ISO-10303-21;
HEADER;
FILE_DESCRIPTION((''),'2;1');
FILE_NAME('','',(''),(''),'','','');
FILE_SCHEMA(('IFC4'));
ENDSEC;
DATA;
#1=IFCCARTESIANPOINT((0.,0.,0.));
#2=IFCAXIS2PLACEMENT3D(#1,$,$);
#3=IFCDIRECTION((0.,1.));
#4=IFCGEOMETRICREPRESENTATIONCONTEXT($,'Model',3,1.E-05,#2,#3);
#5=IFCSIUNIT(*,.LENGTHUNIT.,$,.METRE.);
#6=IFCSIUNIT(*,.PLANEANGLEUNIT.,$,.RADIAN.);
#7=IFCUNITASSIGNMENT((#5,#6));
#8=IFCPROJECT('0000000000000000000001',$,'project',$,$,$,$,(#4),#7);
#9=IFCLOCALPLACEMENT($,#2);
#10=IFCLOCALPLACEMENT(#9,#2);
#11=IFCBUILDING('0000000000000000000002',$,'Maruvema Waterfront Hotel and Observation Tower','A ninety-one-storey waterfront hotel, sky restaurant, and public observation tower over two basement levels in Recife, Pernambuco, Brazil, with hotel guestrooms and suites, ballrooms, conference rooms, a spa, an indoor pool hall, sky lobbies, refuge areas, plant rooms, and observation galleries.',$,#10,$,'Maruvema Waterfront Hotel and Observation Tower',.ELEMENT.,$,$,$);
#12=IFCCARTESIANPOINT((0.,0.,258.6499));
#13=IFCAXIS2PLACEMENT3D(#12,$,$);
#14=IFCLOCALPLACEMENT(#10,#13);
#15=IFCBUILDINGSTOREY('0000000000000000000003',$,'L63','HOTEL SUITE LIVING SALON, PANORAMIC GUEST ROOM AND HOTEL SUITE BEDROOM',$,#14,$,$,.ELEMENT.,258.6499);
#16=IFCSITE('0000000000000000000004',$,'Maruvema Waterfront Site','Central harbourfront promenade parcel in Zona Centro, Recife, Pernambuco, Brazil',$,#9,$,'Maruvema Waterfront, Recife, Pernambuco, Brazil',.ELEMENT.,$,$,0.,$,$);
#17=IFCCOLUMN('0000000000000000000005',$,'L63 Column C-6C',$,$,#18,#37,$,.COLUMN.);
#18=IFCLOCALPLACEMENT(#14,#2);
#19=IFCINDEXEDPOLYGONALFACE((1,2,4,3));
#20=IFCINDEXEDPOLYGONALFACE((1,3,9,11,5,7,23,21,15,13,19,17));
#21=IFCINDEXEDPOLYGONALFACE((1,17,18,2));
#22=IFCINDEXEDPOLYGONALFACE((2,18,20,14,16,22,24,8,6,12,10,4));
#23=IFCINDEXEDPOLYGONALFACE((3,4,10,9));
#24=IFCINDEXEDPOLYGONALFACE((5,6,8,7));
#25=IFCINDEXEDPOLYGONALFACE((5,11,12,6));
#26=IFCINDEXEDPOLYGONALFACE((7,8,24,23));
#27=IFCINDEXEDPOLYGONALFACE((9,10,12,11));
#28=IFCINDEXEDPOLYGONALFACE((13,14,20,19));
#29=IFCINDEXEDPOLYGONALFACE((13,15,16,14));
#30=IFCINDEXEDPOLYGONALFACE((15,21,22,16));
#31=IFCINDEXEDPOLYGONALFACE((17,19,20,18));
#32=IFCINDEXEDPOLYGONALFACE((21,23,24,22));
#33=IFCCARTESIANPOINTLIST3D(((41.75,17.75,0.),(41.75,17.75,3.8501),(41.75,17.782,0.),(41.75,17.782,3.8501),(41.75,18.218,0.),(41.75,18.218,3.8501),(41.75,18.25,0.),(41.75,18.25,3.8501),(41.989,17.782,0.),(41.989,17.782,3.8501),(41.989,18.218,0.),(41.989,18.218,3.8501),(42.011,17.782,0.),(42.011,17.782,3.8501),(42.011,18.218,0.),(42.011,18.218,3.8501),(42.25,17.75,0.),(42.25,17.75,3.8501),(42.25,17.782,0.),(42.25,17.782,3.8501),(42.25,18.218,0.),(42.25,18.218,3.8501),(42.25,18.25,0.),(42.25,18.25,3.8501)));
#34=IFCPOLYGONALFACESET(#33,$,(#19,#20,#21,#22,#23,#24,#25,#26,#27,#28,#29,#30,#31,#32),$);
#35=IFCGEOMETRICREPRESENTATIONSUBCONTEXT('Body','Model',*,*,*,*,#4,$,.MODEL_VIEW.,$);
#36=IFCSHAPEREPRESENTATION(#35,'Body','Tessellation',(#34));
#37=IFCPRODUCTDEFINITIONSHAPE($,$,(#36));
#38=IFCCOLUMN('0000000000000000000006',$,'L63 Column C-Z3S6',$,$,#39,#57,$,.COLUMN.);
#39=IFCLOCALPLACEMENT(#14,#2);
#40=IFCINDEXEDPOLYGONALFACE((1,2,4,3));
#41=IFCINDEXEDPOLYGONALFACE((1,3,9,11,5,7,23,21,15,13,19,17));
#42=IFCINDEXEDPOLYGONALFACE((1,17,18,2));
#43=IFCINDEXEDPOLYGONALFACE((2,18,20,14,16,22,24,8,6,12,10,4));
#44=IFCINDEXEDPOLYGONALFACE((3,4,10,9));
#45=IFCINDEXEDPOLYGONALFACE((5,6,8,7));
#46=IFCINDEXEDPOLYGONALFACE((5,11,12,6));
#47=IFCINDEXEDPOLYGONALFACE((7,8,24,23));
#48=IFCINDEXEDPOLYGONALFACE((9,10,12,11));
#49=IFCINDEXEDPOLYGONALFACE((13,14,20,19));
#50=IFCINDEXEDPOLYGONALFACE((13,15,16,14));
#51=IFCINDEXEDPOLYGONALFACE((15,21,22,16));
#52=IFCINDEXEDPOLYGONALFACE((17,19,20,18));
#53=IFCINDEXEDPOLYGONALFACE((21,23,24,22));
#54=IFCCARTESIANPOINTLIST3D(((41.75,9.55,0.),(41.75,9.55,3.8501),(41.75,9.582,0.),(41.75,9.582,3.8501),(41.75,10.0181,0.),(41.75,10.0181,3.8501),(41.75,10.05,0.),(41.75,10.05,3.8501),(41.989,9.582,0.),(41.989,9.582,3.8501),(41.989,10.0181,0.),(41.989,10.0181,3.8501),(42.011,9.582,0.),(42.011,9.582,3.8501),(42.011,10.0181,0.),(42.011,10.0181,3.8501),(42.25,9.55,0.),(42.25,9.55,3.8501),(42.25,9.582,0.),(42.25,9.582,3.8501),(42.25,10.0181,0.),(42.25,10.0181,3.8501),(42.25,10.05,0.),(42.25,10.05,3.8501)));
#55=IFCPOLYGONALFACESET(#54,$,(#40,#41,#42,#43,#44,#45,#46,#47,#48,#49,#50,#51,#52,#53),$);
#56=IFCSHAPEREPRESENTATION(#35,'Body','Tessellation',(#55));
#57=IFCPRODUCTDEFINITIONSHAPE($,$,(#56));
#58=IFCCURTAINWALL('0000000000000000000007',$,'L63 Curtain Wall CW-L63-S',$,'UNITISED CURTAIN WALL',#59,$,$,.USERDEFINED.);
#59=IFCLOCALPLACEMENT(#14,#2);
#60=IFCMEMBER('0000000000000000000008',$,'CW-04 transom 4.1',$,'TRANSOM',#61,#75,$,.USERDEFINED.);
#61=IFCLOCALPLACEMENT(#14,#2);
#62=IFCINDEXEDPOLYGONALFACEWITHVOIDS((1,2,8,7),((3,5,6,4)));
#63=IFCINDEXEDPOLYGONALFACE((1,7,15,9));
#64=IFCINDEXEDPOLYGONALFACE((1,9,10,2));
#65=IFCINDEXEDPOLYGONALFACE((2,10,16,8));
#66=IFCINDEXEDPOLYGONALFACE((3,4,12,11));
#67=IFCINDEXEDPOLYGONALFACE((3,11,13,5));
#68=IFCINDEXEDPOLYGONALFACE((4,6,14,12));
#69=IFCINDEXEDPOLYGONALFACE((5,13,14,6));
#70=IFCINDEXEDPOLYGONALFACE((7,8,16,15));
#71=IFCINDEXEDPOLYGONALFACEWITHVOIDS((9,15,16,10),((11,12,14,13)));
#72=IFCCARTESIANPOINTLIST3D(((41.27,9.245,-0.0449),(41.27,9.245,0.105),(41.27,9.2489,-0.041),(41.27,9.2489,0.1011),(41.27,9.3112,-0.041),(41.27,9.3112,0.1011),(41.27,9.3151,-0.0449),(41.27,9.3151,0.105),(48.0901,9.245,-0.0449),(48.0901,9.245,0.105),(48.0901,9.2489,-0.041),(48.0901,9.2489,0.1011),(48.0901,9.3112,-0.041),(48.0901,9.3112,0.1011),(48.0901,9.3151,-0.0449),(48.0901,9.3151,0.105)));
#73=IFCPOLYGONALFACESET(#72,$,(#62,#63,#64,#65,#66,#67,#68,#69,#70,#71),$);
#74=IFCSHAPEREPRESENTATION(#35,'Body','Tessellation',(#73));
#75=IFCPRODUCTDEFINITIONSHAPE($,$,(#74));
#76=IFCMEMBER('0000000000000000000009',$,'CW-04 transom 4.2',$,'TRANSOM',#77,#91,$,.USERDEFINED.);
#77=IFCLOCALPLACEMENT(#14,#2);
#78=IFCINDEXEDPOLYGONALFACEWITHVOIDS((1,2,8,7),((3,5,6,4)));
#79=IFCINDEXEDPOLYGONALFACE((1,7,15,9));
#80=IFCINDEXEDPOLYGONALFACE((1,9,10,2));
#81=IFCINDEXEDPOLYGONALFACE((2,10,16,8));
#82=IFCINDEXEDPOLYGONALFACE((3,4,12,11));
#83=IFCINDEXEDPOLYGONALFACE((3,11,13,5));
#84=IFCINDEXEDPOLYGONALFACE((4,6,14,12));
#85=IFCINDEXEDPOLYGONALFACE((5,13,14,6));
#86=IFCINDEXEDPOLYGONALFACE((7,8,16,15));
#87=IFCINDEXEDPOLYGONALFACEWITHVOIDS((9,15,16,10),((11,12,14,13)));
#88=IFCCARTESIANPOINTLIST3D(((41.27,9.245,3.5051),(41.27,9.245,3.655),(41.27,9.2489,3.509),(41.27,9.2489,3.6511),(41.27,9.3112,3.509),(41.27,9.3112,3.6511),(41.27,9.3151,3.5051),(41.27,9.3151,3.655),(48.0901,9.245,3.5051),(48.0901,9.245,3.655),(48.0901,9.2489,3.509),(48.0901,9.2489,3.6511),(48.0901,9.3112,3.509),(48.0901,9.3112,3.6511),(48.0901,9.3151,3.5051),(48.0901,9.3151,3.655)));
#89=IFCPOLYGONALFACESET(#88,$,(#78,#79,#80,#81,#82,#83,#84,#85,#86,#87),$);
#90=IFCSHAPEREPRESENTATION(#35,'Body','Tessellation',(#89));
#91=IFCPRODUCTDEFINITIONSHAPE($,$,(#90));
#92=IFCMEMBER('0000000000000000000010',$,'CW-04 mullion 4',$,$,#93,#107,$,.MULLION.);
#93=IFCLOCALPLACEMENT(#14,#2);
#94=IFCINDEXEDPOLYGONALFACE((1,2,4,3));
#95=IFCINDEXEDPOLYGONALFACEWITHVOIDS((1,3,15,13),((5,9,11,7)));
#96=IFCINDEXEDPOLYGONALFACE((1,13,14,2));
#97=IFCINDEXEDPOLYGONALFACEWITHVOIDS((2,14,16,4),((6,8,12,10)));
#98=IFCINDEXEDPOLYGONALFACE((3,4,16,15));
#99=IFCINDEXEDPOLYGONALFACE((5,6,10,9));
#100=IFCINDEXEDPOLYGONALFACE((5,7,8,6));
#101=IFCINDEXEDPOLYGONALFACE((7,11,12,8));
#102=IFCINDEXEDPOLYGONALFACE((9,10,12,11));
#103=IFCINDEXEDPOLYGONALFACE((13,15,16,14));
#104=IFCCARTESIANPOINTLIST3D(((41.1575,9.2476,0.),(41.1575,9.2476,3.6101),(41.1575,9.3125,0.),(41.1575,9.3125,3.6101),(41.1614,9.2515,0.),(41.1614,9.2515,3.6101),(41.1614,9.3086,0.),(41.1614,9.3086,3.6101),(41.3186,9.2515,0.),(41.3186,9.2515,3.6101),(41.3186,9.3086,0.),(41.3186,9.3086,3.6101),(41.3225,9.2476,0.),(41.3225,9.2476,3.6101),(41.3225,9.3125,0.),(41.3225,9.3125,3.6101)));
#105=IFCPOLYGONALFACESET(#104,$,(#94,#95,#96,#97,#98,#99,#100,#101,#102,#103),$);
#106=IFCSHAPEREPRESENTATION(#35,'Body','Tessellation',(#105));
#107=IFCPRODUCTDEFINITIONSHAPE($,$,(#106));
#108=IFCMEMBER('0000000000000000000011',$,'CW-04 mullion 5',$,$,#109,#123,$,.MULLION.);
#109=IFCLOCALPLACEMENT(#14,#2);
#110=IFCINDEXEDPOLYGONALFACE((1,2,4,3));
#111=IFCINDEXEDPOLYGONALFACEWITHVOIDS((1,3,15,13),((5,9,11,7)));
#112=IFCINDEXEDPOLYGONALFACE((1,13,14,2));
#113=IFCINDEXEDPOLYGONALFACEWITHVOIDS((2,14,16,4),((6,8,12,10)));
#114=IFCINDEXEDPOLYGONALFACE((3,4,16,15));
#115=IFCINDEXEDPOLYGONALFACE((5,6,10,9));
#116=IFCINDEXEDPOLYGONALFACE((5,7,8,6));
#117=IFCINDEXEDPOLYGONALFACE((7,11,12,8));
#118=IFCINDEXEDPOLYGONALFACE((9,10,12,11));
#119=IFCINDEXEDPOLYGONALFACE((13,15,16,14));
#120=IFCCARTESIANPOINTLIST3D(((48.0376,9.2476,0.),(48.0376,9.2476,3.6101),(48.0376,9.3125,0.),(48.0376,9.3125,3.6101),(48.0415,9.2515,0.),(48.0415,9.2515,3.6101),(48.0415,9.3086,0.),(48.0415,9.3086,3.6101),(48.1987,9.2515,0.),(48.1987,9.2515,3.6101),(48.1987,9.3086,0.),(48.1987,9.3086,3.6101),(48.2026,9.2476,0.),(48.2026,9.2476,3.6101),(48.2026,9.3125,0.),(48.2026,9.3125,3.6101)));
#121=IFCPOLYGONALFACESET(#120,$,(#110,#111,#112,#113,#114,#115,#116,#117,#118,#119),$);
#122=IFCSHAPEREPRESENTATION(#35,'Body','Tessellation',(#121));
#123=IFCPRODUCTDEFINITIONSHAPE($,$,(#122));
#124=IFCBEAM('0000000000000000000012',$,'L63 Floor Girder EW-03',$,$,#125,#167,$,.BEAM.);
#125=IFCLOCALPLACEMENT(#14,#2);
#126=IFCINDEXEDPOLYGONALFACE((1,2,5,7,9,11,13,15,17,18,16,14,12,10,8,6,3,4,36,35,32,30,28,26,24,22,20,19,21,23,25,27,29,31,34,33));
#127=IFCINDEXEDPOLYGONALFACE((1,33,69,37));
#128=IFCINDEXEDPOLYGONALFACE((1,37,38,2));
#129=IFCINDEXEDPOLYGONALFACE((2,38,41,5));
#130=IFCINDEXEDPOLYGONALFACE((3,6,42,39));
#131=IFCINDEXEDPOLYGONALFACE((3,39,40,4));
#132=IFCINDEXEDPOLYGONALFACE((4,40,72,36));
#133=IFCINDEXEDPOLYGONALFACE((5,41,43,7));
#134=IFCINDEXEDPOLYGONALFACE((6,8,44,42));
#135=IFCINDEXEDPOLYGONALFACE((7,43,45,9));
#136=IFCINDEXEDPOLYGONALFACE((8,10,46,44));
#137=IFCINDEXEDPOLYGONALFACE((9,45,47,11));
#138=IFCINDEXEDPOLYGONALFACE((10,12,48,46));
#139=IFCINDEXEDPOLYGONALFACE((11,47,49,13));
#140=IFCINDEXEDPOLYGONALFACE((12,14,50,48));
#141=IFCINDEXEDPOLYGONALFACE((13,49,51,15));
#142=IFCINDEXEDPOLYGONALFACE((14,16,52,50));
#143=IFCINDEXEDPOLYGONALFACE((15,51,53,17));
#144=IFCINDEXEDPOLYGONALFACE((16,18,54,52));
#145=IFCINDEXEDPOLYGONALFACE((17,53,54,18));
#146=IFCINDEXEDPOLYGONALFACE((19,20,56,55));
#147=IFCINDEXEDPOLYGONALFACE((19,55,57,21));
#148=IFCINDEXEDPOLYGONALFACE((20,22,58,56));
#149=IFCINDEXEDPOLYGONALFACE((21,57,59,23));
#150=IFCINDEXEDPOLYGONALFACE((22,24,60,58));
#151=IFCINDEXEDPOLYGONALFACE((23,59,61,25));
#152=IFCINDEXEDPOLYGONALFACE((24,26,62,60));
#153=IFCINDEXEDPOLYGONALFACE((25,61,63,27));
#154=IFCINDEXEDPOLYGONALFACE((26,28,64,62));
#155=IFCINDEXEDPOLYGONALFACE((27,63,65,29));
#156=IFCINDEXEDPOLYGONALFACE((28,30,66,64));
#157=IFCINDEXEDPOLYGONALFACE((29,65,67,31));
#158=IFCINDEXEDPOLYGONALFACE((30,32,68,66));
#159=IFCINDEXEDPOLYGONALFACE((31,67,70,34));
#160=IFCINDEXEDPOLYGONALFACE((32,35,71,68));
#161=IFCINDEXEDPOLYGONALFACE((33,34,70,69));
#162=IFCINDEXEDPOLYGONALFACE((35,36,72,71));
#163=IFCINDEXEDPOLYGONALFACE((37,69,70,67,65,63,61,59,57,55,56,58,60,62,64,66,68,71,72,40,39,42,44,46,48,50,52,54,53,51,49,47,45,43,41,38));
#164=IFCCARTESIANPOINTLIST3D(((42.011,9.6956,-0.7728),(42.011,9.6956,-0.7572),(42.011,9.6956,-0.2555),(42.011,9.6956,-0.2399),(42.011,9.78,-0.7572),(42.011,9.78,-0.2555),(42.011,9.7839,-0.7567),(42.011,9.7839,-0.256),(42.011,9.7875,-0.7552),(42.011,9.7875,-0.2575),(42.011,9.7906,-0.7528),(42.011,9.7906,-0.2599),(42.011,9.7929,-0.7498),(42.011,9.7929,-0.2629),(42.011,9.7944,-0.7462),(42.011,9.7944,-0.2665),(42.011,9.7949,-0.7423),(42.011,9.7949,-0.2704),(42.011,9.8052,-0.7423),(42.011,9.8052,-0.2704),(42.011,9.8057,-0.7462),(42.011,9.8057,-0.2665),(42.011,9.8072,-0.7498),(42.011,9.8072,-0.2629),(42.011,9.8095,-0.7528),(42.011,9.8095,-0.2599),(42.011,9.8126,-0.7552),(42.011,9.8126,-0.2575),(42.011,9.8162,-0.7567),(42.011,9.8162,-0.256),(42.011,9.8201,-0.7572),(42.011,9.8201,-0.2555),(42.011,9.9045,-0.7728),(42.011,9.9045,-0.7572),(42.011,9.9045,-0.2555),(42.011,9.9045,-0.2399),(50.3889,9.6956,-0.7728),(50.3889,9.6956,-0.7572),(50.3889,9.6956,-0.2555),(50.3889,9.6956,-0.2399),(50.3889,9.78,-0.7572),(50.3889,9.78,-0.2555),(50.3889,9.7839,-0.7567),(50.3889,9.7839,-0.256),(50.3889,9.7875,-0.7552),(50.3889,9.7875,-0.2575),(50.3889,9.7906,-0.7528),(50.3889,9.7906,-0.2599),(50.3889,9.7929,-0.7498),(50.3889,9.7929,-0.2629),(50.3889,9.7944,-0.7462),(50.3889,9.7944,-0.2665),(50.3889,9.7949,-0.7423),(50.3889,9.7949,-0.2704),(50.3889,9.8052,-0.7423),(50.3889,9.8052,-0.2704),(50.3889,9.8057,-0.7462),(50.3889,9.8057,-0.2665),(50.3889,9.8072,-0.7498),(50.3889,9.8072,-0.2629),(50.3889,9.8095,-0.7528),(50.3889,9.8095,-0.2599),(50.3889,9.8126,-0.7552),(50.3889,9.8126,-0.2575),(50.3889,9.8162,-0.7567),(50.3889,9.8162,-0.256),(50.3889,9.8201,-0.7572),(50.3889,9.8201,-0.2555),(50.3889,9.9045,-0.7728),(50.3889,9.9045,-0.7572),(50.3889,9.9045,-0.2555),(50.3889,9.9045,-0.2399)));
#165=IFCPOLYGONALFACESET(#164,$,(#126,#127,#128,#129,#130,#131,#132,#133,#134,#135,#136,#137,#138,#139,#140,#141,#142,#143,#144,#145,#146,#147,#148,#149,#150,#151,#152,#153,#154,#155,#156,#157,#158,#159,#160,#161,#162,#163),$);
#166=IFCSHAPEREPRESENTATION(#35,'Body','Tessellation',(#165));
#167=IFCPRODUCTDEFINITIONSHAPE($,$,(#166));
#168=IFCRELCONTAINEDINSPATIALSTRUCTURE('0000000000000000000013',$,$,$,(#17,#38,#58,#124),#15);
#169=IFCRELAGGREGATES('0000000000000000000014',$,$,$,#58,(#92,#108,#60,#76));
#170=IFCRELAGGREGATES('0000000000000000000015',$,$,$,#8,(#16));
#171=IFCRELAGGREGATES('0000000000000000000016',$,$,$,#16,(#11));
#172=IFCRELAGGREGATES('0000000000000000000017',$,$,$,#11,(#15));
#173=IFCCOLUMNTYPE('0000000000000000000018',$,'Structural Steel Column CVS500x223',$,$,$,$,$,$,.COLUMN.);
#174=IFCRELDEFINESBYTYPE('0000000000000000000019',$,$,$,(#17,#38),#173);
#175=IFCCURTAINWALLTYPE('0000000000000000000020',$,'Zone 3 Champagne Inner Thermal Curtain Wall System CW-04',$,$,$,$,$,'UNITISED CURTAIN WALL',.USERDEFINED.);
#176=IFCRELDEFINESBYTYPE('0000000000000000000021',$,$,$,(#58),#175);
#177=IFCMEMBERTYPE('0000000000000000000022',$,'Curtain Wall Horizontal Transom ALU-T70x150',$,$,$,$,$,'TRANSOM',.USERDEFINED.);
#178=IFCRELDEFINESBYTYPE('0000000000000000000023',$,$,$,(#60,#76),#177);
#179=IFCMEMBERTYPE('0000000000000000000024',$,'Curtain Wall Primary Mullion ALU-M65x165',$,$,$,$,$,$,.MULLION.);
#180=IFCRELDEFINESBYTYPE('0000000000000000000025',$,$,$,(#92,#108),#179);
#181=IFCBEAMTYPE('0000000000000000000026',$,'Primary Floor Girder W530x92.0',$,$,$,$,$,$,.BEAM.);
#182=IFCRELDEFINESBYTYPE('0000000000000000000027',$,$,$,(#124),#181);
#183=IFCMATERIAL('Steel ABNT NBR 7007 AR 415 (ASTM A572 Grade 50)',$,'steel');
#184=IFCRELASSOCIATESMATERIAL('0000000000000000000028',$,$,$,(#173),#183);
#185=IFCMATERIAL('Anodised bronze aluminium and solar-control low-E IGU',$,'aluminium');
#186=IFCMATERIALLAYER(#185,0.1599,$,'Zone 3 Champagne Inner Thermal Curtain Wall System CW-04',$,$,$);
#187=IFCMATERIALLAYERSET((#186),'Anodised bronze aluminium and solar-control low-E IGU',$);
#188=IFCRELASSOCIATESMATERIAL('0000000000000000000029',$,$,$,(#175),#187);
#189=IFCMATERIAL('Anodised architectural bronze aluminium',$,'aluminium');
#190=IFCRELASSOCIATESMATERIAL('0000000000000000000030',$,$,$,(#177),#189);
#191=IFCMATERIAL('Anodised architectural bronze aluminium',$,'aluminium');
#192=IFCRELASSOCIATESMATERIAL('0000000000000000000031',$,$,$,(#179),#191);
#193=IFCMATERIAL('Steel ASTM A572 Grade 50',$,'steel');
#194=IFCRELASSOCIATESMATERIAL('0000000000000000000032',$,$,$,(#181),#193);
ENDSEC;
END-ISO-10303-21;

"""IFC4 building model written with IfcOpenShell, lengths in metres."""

from ifc_helpers import new_model, si_unit, direction, frame, origin, origin_2d, place, context, subcontext, project, spatial, hollow_rectangle, i_section, extrude, material, layer, layer_set, material_profile, profile_set, type_object, element, aggregate, save


model = new_model("IFC4")

# Units and contexts
model_context = context("Model", 3, precision=1e-05, world=origin(), true_north=direction((0.0, 1.0)))
body_context = subcontext(model_context, "Body", "Model", "MODEL_VIEW")
ifc_project = project(units=[si_unit("LENGTHUNIT", "METRE"), si_unit("PLANEANGLEUNIT", "RADIAN")], contexts=[model_context])

# Site, building, storey
site_placement = place(None, origin())
site = spatial("IfcSite", under=ifc_project, at=site_placement, Name="Maruvema Waterfront Site", Description="Central harbourfront promenade parcel in Zona Centro, Recife, Pernambuco, Brazil", LongName="Maruvema Waterfront, Recife, Pernambuco, Brazil", CompositionType="ELEMENT", RefElevation=0.0)
building_placement = place(site_placement, origin())
building = spatial("IfcBuilding", under=site, at=building_placement, Name="Maruvema Waterfront Hotel and Observation Tower", Description="A ninety-one-storey waterfront hotel, sky restaurant, and public observation tower over two basement levels in Recife, Pernambuco, Brazil, with hotel guestrooms and suites, ballrooms, conference rooms, a spa, an indoor pool hall, sky lobbies, refuge areas, plant rooms, and observation galleries.", LongName="Maruvema Waterfront Hotel and Observation Tower", CompositionType="ELEMENT")
storey_placement = place(building_placement, frame((0.0, 0.0, 258.6499)))
storey = spatial("IfcBuildingStorey", under=building, at=storey_placement, Name="L63", Description="HOTEL SUITE LIVING SALON, PANORAMIC GUEST ROOM AND HOTEL SUITE BEDROOM", CompositionType="ELEMENT", Elevation=258.6499)

# Columns
ifc_material_1 = material(Name="Steel ABNT NBR 7007 AR 415 (ASTM A572 Grade 50)", Category="steel")
ifc_material_profile_1 = material_profile(ifc_material_1, i_section(OverallWidth=0.5, OverallDepth=0.5, WebThickness=0.022, FlangeThickness=0.032, at=origin_2d()), Name="CVS500x223")
ifc_profile_set_1 = profile_set([ifc_material_profile_1], Name="Steel ABNT NBR 7007 AR 415 (ASTM A572 Grade 50)")
column_type = type_object("IfcColumnType", Name="Structural Steel Column CVS500x223", PredefinedType="COLUMN", material=ifc_profile_set_1)
for number, where, z_axis, x_axis, name in (
    (1, (42.0, 18.0, 0.0), (0.0, 0.0, 1.0), (1.0, 0.0, 0.0), "L63 Column C-6C"),
    (2, (42.0, 9.8, 0.0), (0.0, 0.0, 1.0), (1.0, 0.0, 0.0), "L63 Column C-Z3S6"),
):
    element("IfcColumn", number, at=place(storey_placement, frame(where, z_axis=z_axis, x_axis=x_axis)), inside=storey, type_object=column_type, Name=name, PredefinedType="COLUMN", context=body_context, shape_type="SweptSolid", body=[
        extrude(i_section(OverallWidth=0.5, OverallDepth=0.5, WebThickness=0.022, FlangeThickness=0.032, at=origin_2d()), origin(), (0.0, 0.0, 1.0), 3.8501),
    ])

# Curtain wall, members
ifc_material_2 = material(Name="Anodised bronze aluminium and solar-control low-E IGU", Category="aluminium")
ifc_layer_1 = layer(ifc_material_2, 0.1599, Name="Zone 3 Champagne Inner Thermal Curtain Wall System CW-04")
ifc_layer_set_1 = layer_set([ifc_layer_1], Name="Anodised bronze aluminium and solar-control low-E IGU")
curtain_wall_type = type_object("IfcCurtainWallType", Name="Zone 3 Champagne Inner Thermal Curtain Wall System CW-04", ElementType="UNITISED CURTAIN WALL", PredefinedType="USERDEFINED", material=ifc_layer_set_1)
curtain_wall_placement = place(storey_placement, origin())
curtain_wall = element("IfcCurtainWall", 3, at=curtain_wall_placement, inside=storey, type_object=curtain_wall_type, Name="L63 Curtain Wall CW-L63-S", ObjectType="UNITISED CURTAIN WALL", PredefinedType="USERDEFINED")
ifc_material_3 = material(Name="Anodised architectural bronze aluminium", Category="aluminium")
ifc_material_profile_2 = material_profile(ifc_material_3, hollow_rectangle(XDim=0.0701, YDim=0.1499, WallThickness=0.0039, at=origin_2d()), Name="ALU-T70x150")
ifc_profile_set_2 = profile_set([ifc_material_profile_2], Name="Anodised architectural bronze aluminium")
member_type_1 = type_object("IfcMemberType", Name="Curtain Wall Horizontal Transom ALU-T70x150", ElementType="TRANSOM", PredefinedType="USERDEFINED", material=ifc_profile_set_2)
member_1_placement = place(storey_placement, frame((41.27, 9.28, 0.03), z_axis=(1.0, 0.0, 0.0), x_axis=(0.0, 1.0, 0.0)))
member_1 = element("IfcMember", 4, at=member_1_placement, type_object=member_type_1, Name="CW-04 transom 4.1", ObjectType="TRANSOM", PredefinedType="USERDEFINED", context=body_context, shape_type="SweptSolid", body=[
    extrude(hollow_rectangle(XDim=0.0701, YDim=0.1499, WallThickness=0.0039, at=origin_2d()), origin(), (0.0, 0.0, 1.0), 6.8201),
])
member_2_placement = place(storey_placement, frame((41.27, 9.28, 3.5801), z_axis=(1.0, 0.0, 0.0), x_axis=(0.0, 1.0, 0.0)))
member_2 = element("IfcMember", 5, at=member_2_placement, type_object=member_type_1, Name="CW-04 transom 4.2", ObjectType="TRANSOM", PredefinedType="USERDEFINED", context=body_context, shape_type="SweptSolid", body=[
    extrude(hollow_rectangle(XDim=0.0701, YDim=0.1499, WallThickness=0.0039, at=origin_2d()), origin(), (0.0, 0.0, 1.0), 6.8201),
])
ifc_material_4 = material(Name="Anodised architectural bronze aluminium", Category="aluminium")
ifc_material_profile_3 = material_profile(ifc_material_4, hollow_rectangle(XDim=0.0649, YDim=0.165, WallThickness=0.0039, at=origin_2d()), Name="ALU-M65x165")
ifc_profile_set_3 = profile_set([ifc_material_profile_3], Name="Anodised architectural bronze aluminium")
member_type_2 = type_object("IfcMemberType", Name="Curtain Wall Primary Mullion ALU-M65x165", PredefinedType="MULLION", material=ifc_profile_set_3)
member_3_placement = place(storey_placement, frame((41.24, 9.28, 0.0), z_axis=(0.0, 0.0, 1.0), x_axis=(0.0, 1.0, 0.0)))
member_3 = element("IfcMember", 6, at=member_3_placement, type_object=member_type_2, Name="CW-04 mullion 4", PredefinedType="MULLION", context=body_context, shape_type="SweptSolid", body=[
    extrude(hollow_rectangle(XDim=0.0649, YDim=0.165, WallThickness=0.0039, at=origin_2d()), origin(), (0.0, 0.0, 1.0), 3.6101),
])
member_4_placement = place(storey_placement, frame((48.1201, 9.28, 0.0), z_axis=(0.0, 0.0, 1.0), x_axis=(0.0, 1.0, 0.0)))
member_4 = element("IfcMember", 7, at=member_4_placement, type_object=member_type_2, Name="CW-04 mullion 5", PredefinedType="MULLION", context=body_context, shape_type="SweptSolid", body=[
    extrude(hollow_rectangle(XDim=0.0649, YDim=0.165, WallThickness=0.0039, at=origin_2d()), origin(), (0.0, 0.0, 1.0), 3.6101),
])

# Beam
ifc_material_5 = material(Name="Steel ASTM A572 Grade 50", Category="steel")
ifc_material_profile_4 = material_profile(ifc_material_5, i_section(OverallWidth=0.209, OverallDepth=0.533, WebThickness=0.0103, FlangeThickness=0.0156, FilletRadius=0.0149, at=origin_2d()), Name="W530x92.0")
ifc_profile_set_4 = profile_set([ifc_material_profile_4], Name="Steel ASTM A572 Grade 50")
beam_type_1 = type_object("IfcBeamType", Name="Primary Floor Girder W530x92.0", PredefinedType="BEAM", material=ifc_profile_set_4)
beam_1_placement = place(storey_placement, frame((42.011, 9.8, -0.5063), z_axis=(1.0, 0.0, 0.0), x_axis=(0.0, 1.0, 0.0)))
element("IfcBeam", 8, at=beam_1_placement, inside=storey, type_object=beam_type_1, Name="L63 Floor Girder EW-03", PredefinedType="BEAM", context=body_context, shape_type="SweptSolid", body=[
    extrude(i_section(OverallWidth=0.209, OverallDepth=0.533, WebThickness=0.0103, FlangeThickness=0.0156, FilletRadius=0.0149, at=origin_2d()), origin(), (0.0, 0.0, 1.0), 8.3779),
])

aggregate(curtain_wall, [member_3, member_4, member_1, member_2])

save(model, "model.ifc")
